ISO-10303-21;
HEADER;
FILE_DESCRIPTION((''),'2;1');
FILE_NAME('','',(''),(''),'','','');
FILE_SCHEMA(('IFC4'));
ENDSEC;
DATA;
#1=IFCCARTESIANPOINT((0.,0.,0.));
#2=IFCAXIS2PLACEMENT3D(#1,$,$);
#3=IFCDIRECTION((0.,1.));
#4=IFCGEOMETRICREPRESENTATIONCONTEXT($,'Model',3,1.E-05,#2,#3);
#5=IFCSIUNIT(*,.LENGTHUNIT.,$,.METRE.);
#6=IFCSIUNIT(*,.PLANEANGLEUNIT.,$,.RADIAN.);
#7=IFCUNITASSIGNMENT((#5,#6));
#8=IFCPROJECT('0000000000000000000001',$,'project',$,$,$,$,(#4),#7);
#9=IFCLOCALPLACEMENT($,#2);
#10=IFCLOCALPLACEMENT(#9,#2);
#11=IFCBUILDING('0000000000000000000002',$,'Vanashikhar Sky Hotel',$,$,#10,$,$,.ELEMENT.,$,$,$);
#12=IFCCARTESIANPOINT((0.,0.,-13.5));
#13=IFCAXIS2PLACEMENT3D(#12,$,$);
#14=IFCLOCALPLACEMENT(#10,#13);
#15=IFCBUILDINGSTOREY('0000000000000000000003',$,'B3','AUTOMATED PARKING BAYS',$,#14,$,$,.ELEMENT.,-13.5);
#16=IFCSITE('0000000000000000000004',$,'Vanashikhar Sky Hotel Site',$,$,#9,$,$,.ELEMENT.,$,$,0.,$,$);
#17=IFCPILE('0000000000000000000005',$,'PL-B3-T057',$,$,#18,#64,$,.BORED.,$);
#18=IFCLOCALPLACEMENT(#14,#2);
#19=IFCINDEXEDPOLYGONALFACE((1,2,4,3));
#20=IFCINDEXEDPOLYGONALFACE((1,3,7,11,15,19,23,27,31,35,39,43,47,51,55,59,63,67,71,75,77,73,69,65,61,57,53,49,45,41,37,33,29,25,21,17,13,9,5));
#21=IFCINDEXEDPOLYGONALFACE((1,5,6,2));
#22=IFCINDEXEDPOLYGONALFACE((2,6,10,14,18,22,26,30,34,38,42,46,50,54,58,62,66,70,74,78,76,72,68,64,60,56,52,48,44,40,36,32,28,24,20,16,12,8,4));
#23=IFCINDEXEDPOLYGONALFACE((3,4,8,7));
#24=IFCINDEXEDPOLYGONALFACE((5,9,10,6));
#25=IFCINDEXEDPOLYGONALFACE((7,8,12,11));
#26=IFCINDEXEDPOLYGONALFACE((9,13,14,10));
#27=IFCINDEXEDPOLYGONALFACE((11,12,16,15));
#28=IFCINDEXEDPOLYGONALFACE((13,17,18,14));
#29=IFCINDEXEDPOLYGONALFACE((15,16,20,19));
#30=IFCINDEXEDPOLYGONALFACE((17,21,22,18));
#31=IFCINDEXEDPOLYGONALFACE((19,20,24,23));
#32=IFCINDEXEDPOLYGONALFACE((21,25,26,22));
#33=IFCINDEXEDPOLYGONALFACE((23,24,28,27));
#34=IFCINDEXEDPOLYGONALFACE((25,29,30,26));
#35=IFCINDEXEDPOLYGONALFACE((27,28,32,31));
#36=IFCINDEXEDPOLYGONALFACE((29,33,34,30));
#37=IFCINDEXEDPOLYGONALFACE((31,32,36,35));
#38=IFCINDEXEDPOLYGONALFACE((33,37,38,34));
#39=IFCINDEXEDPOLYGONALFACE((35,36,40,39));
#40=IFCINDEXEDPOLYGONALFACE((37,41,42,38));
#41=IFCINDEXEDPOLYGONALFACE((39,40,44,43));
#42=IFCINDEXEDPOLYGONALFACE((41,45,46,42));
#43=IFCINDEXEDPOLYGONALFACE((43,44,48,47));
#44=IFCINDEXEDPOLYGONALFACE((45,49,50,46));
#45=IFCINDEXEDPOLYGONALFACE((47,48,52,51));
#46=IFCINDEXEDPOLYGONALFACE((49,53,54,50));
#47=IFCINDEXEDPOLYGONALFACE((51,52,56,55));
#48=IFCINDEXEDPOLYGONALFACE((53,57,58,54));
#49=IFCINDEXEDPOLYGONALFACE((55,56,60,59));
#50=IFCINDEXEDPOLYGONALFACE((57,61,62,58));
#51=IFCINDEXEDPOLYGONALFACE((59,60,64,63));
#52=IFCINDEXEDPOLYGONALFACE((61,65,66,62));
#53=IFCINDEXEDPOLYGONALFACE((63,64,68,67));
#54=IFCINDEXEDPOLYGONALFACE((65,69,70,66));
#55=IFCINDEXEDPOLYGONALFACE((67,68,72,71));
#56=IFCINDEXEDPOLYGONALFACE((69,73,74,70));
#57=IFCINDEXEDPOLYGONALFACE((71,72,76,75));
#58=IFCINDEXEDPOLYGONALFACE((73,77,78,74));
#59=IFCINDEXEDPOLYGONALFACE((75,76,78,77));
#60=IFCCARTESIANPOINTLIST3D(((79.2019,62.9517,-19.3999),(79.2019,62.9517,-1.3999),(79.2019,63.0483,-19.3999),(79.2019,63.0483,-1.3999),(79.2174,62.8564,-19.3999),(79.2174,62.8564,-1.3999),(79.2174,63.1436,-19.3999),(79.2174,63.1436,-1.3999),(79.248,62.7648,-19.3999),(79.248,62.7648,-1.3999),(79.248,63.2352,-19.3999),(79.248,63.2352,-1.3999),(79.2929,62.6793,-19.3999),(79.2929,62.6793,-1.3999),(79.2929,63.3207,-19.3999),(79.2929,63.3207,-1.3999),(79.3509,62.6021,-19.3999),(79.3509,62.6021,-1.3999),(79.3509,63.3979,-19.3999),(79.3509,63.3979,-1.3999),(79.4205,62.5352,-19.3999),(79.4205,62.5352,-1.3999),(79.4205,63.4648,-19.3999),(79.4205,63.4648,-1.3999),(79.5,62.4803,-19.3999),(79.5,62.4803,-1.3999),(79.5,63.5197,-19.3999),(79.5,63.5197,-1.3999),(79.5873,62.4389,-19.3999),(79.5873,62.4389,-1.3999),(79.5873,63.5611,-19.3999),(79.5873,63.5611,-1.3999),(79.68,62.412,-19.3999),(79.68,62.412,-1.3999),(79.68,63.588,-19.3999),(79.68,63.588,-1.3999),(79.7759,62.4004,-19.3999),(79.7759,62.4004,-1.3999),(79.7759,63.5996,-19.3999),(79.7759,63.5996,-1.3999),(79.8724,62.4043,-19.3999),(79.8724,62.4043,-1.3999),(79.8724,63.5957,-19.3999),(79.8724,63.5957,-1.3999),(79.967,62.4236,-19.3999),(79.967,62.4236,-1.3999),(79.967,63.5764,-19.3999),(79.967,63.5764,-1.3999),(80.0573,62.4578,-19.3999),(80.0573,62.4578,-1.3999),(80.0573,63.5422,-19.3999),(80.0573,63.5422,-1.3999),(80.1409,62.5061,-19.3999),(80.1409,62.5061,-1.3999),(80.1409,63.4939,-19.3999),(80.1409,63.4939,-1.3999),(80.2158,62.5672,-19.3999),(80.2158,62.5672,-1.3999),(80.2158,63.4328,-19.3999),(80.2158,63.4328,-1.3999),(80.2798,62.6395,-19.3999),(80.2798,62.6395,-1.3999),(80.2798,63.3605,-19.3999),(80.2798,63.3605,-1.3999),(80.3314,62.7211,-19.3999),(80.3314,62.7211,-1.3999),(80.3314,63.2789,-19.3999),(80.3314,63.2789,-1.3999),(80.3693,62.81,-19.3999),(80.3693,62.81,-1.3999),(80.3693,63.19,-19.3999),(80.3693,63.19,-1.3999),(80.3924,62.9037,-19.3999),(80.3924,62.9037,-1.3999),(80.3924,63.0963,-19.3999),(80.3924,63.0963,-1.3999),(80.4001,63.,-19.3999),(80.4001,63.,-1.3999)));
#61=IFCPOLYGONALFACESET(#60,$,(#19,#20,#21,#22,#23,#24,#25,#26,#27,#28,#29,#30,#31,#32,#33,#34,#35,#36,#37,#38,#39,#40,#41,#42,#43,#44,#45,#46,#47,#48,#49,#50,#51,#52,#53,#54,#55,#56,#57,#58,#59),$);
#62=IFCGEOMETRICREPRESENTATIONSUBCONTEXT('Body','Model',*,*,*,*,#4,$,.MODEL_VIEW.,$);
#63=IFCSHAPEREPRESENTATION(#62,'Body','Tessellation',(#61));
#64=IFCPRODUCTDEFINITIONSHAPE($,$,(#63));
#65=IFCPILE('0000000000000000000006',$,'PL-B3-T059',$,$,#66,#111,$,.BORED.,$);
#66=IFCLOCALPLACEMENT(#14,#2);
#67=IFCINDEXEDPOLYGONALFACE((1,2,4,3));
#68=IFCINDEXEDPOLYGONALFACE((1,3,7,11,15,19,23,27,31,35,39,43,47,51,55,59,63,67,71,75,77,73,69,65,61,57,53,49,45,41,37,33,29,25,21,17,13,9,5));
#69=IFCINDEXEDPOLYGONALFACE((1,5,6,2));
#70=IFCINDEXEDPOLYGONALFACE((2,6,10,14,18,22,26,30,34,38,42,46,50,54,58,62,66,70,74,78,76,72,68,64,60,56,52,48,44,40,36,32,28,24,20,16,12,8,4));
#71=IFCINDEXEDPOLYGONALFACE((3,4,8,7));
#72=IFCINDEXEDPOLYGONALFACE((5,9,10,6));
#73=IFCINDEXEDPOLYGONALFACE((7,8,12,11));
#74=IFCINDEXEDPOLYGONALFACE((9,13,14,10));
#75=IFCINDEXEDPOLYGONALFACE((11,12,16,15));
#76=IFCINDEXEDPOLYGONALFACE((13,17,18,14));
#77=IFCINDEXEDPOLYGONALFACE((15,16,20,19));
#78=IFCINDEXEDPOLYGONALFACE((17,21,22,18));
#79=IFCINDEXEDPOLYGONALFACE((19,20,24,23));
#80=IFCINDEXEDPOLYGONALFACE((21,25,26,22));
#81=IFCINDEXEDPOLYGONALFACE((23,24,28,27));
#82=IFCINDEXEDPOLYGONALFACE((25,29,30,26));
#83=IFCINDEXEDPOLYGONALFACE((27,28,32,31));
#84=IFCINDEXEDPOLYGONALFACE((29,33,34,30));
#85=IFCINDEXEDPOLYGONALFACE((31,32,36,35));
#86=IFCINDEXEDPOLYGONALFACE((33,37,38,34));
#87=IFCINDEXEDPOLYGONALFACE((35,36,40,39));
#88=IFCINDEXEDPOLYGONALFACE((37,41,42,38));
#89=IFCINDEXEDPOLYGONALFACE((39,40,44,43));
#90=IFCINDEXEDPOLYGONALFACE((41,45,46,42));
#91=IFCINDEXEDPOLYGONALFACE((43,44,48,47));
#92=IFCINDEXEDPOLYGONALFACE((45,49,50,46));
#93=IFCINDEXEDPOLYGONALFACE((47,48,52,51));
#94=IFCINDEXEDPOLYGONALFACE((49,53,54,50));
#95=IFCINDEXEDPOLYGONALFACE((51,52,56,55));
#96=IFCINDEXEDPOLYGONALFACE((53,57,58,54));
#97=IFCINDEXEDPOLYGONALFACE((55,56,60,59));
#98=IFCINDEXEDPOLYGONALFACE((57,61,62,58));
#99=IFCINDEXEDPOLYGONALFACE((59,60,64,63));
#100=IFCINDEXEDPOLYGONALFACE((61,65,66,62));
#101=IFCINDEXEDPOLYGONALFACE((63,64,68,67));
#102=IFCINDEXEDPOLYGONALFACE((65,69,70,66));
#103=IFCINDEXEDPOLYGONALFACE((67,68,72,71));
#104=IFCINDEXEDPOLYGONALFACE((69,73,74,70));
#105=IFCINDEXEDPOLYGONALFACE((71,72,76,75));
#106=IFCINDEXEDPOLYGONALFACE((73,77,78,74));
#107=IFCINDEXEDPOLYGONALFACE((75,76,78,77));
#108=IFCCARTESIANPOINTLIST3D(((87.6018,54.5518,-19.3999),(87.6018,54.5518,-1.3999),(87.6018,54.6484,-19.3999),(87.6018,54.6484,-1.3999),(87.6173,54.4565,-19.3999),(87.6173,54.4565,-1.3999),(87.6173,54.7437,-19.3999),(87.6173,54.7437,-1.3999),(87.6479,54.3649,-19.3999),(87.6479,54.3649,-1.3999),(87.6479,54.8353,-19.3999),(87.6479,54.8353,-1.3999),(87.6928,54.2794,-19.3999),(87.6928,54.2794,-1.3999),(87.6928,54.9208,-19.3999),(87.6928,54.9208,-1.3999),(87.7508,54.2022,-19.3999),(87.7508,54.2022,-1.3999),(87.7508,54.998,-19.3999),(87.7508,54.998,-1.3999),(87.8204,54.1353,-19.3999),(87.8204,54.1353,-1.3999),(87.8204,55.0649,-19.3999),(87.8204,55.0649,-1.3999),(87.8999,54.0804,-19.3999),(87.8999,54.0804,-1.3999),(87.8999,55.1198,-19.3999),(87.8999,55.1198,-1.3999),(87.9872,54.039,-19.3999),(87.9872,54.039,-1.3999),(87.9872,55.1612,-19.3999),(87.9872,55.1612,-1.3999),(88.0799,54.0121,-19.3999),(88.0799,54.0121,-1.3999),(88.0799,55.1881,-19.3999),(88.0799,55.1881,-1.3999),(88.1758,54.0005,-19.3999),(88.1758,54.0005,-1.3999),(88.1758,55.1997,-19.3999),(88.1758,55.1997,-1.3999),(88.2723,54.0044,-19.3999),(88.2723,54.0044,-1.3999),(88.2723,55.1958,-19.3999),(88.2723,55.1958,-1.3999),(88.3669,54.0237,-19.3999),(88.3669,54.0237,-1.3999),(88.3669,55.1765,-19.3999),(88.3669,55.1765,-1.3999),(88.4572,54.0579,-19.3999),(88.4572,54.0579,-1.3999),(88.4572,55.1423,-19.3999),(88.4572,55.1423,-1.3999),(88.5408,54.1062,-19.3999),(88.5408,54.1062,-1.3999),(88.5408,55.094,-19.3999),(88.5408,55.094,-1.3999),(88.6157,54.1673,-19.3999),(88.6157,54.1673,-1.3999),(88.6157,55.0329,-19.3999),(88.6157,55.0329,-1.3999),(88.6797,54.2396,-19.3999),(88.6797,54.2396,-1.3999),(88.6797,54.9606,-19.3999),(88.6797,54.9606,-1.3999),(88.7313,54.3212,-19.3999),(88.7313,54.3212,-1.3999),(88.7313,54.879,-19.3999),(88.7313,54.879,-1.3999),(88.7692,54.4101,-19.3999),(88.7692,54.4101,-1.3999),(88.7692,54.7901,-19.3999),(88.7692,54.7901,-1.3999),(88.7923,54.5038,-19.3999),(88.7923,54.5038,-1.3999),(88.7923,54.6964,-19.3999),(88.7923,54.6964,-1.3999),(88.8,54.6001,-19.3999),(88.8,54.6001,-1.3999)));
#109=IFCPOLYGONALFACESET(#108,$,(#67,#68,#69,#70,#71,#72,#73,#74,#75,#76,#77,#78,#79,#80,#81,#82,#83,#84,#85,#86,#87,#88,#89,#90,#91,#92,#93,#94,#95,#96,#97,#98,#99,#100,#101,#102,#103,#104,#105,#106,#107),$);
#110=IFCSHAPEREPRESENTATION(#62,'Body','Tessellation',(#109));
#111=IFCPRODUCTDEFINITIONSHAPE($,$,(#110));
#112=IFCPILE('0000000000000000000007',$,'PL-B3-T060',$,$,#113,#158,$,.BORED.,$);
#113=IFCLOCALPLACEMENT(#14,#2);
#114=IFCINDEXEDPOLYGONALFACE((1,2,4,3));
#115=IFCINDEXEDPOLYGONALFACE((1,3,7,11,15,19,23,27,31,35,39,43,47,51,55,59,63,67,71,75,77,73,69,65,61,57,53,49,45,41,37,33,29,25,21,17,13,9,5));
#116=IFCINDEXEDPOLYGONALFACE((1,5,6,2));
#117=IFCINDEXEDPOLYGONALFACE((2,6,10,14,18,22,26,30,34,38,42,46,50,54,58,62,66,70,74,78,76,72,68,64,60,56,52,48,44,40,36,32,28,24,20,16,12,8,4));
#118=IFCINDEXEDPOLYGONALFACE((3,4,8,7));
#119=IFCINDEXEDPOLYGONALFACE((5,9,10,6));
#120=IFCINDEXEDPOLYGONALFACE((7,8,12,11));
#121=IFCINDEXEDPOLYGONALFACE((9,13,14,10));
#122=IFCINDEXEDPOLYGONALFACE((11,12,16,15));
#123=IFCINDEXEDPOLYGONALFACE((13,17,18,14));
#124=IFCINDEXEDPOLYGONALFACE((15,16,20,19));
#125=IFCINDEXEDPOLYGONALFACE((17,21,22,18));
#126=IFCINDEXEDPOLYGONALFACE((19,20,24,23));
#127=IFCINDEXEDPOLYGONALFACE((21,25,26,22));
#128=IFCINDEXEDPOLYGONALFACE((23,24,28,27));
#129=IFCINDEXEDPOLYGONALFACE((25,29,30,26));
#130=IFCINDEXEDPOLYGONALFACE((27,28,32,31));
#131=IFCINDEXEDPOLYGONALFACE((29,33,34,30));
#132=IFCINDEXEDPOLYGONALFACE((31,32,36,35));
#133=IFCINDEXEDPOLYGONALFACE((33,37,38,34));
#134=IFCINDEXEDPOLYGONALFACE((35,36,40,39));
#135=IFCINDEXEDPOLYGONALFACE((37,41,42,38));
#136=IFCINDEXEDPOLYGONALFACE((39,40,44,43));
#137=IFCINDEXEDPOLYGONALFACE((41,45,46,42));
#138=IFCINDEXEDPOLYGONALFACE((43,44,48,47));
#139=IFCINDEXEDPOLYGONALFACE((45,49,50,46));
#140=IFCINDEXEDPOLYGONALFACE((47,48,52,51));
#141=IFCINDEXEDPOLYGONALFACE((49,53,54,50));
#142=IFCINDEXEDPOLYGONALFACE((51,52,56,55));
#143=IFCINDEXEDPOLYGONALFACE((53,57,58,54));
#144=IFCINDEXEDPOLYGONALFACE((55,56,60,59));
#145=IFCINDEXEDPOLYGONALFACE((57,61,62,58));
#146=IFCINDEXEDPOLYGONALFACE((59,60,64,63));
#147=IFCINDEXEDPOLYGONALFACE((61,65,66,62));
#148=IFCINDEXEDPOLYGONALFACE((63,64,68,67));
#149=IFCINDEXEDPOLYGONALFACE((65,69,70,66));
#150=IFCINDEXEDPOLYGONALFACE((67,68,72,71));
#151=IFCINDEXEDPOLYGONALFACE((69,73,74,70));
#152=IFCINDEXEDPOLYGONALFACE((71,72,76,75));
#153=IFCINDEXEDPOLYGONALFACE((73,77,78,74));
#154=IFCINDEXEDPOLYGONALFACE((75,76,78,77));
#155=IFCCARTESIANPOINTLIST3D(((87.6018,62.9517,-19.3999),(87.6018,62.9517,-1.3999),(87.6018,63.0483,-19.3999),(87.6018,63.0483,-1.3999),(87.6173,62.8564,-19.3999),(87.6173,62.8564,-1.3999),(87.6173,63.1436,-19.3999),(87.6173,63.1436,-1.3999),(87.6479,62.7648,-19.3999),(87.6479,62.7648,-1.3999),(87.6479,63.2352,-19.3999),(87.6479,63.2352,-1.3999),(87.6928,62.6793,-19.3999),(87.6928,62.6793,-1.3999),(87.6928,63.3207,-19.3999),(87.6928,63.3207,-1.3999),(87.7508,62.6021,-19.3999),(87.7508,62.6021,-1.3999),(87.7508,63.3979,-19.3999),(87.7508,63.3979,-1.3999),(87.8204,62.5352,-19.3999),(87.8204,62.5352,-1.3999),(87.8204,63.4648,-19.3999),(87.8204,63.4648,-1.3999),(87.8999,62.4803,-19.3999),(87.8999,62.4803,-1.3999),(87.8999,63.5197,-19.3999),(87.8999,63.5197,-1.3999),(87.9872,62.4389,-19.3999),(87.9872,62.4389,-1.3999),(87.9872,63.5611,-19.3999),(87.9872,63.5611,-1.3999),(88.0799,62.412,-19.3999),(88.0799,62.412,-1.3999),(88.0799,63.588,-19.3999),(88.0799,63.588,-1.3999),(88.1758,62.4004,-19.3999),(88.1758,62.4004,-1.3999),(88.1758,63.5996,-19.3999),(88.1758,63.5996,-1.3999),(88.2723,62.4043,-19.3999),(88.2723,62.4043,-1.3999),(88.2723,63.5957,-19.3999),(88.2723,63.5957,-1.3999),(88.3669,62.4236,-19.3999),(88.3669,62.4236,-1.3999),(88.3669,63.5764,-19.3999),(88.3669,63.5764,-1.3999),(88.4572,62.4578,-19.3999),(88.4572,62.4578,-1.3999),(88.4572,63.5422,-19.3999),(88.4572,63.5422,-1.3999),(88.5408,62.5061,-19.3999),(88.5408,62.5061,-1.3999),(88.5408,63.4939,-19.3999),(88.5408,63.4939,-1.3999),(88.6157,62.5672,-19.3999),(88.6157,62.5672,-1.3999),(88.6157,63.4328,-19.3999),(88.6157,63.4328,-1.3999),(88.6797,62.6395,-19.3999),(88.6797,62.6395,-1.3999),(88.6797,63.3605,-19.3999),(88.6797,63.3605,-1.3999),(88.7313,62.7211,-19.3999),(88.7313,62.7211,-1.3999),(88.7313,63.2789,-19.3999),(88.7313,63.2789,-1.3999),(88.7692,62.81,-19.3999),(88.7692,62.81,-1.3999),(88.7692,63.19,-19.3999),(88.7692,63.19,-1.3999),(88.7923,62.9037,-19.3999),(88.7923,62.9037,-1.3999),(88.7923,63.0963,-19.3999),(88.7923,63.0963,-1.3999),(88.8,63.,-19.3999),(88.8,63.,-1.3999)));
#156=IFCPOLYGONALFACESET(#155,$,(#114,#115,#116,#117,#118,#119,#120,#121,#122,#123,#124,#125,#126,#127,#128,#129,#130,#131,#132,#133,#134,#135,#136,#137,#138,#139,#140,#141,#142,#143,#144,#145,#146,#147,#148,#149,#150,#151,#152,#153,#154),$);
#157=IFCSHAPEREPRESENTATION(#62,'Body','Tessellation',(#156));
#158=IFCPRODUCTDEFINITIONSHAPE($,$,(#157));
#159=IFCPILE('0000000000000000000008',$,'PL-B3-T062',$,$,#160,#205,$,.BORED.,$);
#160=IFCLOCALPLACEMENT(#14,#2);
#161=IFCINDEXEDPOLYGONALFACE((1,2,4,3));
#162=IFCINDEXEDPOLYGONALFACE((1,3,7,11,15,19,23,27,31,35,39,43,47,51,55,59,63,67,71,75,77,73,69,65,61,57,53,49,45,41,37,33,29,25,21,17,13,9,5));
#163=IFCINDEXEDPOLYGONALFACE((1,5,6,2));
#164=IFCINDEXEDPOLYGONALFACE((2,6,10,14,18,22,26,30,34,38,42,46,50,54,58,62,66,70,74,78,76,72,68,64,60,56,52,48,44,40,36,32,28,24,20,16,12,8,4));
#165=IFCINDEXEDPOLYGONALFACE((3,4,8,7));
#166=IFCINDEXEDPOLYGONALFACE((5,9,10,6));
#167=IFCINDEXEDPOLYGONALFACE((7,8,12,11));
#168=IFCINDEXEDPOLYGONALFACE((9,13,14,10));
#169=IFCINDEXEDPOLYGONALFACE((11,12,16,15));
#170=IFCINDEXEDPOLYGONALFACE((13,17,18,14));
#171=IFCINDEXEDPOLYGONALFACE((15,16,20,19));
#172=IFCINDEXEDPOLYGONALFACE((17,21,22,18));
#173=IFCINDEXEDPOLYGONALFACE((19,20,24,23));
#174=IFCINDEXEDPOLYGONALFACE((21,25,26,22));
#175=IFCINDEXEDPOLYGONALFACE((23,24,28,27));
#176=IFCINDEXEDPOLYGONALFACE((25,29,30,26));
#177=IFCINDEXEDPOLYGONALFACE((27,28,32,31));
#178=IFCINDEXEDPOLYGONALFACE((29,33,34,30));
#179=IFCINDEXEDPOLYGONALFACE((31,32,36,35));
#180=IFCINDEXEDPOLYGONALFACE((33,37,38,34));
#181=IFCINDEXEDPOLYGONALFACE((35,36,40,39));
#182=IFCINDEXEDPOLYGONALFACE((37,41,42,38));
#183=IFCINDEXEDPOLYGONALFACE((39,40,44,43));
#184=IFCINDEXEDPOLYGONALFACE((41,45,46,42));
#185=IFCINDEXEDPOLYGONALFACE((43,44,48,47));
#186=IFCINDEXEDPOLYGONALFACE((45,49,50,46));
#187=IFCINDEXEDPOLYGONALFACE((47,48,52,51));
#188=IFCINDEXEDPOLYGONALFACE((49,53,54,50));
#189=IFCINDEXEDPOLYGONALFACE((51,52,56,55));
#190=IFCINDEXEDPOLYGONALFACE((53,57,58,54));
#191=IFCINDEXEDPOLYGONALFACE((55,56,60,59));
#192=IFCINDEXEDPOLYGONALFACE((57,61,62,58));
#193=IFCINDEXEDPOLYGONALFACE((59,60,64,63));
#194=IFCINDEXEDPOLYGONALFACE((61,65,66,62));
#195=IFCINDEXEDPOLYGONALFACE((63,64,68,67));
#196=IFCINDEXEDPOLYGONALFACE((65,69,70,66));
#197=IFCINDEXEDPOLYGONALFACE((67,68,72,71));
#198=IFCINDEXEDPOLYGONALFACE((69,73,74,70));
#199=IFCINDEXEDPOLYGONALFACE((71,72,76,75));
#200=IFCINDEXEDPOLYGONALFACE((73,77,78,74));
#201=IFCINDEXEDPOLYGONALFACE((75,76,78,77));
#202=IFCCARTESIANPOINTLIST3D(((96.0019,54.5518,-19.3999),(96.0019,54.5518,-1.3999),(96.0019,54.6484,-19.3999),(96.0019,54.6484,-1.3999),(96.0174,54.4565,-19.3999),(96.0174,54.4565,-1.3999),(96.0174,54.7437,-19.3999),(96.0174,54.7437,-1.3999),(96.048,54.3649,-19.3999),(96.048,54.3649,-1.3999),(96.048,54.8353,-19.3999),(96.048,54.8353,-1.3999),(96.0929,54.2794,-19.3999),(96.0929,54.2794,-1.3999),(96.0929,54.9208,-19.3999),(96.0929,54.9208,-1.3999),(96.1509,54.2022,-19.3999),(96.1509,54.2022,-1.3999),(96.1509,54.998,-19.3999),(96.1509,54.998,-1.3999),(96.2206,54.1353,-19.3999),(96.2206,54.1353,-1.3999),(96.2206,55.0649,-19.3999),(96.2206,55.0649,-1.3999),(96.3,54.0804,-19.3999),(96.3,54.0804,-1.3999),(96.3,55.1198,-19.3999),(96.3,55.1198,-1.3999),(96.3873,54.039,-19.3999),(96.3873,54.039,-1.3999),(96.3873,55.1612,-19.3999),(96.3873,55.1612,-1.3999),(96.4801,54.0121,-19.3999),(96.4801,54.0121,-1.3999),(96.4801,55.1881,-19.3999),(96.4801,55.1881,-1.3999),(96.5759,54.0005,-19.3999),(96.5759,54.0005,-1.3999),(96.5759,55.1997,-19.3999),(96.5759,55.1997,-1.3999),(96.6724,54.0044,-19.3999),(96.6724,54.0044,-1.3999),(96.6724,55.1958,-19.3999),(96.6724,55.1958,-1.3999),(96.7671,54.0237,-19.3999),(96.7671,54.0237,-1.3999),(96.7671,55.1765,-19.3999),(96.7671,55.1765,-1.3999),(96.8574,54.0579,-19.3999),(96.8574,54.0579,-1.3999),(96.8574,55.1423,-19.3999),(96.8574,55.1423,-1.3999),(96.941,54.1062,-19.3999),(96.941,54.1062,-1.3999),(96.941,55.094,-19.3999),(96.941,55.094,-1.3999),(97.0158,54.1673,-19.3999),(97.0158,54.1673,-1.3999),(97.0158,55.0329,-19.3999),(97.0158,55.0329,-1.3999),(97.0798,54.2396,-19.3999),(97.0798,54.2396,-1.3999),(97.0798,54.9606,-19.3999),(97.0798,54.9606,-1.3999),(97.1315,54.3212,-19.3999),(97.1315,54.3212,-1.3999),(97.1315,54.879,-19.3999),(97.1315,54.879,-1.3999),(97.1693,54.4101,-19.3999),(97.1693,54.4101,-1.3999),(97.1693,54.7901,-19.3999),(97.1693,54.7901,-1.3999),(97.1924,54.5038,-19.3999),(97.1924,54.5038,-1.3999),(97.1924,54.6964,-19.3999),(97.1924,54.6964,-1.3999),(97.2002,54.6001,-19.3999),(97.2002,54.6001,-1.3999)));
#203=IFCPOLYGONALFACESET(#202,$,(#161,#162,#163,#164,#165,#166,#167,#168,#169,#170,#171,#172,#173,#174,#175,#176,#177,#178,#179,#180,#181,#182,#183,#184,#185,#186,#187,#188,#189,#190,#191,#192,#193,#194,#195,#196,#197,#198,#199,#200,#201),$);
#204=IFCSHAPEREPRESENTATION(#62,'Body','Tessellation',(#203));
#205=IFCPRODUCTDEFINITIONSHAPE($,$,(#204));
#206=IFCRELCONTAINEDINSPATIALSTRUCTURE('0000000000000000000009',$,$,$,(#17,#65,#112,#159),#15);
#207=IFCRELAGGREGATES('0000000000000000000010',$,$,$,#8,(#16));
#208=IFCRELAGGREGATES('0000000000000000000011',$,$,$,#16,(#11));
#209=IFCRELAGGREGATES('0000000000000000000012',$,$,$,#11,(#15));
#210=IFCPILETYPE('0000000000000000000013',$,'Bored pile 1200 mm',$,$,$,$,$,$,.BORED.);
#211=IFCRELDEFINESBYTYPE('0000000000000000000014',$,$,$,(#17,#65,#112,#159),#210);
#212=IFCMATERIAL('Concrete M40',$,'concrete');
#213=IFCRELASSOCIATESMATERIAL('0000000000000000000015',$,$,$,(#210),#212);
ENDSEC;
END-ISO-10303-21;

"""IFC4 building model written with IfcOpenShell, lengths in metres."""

from ifc_helpers import new_model, si_unit, direction, frame, origin, origin_2d, place, context, subcontext, project, spatial, circle, extrude, source, transform, mapped, material, type_object, element, save


model = new_model("IFC4")

# Units and contexts
model_context = context("Model", 3, precision=1e-05, world=origin(), true_north=direction((0.0, 1.0)))
body_context = subcontext(model_context, "Body", "Model", "MODEL_VIEW")
ifc_project = project(units=[si_unit("LENGTHUNIT", "METRE"), si_unit("PLANEANGLEUNIT", "RADIAN")], contexts=[model_context])

# Site, building, storey
site_placement = place(None, origin())
site = spatial("IfcSite", under=ifc_project, at=site_placement, Name="Vanashikhar Sky Hotel Site", CompositionType="ELEMENT", RefElevation=0.0)
building_placement = place(site_placement, origin())
building = spatial("IfcBuilding", under=site, at=building_placement, Name="Vanashikhar Sky Hotel", CompositionType="ELEMENT")
storey_placement = place(building_placement, frame((0.0, 0.0, -13.5)))
storey = spatial("IfcBuildingStorey", under=building, at=storey_placement, Name="B3", Description="AUTOMATED PARKING BAYS", CompositionType="ELEMENT", Elevation=-13.5)

# Piles
ifc_material_1 = material(Name="Concrete M40", Category="concrete")
pile_type_1 = type_object("IfcPileType", Name="Bored pile 1200 mm", PredefinedType="BORED", material=ifc_material_1)
shared_shape_1 = source(origin(), body_context, "Body", "SweptSolid", [
    extrude(circle(Radius=0.6001, at=origin_2d()), origin(), (0.0, 0.0, 1.0), 18.0),
])
for number, where, z_axis, x_axis, name in (
    (1, (79.8, 63.0, -1.3999), (0.0, 0.0, -1.0), (1.0, 0.0, 0.0), "PL-B3-T057"),
    (2, (88.2, 54.6001, -1.3999), (0.0, 0.0, -1.0), (1.0, 0.0, 0.0), "PL-B3-T059"),
    (3, (88.2, 63.0, -1.3999), (0.0, 0.0, -1.0), (1.0, 0.0, 0.0), "PL-B3-T060"),
    (4, (96.6001, 54.6001, -1.3999), (0.0, 0.0, -1.0), (1.0, 0.0, 0.0), "PL-B3-T062"),
):
    element("IfcPile", number, at=place(storey_placement, frame(where, z_axis=z_axis, x_axis=x_axis)), inside=storey, type_object=pile_type_1, Name=name, PredefinedType="BORED", context=body_context, shape_type="MappedRepresentation", body=[
        mapped(shared_shape_1, transform((0.0, 0.0, 0.0), scale=1.0)),
    ])

save(model, "model.ifc")
